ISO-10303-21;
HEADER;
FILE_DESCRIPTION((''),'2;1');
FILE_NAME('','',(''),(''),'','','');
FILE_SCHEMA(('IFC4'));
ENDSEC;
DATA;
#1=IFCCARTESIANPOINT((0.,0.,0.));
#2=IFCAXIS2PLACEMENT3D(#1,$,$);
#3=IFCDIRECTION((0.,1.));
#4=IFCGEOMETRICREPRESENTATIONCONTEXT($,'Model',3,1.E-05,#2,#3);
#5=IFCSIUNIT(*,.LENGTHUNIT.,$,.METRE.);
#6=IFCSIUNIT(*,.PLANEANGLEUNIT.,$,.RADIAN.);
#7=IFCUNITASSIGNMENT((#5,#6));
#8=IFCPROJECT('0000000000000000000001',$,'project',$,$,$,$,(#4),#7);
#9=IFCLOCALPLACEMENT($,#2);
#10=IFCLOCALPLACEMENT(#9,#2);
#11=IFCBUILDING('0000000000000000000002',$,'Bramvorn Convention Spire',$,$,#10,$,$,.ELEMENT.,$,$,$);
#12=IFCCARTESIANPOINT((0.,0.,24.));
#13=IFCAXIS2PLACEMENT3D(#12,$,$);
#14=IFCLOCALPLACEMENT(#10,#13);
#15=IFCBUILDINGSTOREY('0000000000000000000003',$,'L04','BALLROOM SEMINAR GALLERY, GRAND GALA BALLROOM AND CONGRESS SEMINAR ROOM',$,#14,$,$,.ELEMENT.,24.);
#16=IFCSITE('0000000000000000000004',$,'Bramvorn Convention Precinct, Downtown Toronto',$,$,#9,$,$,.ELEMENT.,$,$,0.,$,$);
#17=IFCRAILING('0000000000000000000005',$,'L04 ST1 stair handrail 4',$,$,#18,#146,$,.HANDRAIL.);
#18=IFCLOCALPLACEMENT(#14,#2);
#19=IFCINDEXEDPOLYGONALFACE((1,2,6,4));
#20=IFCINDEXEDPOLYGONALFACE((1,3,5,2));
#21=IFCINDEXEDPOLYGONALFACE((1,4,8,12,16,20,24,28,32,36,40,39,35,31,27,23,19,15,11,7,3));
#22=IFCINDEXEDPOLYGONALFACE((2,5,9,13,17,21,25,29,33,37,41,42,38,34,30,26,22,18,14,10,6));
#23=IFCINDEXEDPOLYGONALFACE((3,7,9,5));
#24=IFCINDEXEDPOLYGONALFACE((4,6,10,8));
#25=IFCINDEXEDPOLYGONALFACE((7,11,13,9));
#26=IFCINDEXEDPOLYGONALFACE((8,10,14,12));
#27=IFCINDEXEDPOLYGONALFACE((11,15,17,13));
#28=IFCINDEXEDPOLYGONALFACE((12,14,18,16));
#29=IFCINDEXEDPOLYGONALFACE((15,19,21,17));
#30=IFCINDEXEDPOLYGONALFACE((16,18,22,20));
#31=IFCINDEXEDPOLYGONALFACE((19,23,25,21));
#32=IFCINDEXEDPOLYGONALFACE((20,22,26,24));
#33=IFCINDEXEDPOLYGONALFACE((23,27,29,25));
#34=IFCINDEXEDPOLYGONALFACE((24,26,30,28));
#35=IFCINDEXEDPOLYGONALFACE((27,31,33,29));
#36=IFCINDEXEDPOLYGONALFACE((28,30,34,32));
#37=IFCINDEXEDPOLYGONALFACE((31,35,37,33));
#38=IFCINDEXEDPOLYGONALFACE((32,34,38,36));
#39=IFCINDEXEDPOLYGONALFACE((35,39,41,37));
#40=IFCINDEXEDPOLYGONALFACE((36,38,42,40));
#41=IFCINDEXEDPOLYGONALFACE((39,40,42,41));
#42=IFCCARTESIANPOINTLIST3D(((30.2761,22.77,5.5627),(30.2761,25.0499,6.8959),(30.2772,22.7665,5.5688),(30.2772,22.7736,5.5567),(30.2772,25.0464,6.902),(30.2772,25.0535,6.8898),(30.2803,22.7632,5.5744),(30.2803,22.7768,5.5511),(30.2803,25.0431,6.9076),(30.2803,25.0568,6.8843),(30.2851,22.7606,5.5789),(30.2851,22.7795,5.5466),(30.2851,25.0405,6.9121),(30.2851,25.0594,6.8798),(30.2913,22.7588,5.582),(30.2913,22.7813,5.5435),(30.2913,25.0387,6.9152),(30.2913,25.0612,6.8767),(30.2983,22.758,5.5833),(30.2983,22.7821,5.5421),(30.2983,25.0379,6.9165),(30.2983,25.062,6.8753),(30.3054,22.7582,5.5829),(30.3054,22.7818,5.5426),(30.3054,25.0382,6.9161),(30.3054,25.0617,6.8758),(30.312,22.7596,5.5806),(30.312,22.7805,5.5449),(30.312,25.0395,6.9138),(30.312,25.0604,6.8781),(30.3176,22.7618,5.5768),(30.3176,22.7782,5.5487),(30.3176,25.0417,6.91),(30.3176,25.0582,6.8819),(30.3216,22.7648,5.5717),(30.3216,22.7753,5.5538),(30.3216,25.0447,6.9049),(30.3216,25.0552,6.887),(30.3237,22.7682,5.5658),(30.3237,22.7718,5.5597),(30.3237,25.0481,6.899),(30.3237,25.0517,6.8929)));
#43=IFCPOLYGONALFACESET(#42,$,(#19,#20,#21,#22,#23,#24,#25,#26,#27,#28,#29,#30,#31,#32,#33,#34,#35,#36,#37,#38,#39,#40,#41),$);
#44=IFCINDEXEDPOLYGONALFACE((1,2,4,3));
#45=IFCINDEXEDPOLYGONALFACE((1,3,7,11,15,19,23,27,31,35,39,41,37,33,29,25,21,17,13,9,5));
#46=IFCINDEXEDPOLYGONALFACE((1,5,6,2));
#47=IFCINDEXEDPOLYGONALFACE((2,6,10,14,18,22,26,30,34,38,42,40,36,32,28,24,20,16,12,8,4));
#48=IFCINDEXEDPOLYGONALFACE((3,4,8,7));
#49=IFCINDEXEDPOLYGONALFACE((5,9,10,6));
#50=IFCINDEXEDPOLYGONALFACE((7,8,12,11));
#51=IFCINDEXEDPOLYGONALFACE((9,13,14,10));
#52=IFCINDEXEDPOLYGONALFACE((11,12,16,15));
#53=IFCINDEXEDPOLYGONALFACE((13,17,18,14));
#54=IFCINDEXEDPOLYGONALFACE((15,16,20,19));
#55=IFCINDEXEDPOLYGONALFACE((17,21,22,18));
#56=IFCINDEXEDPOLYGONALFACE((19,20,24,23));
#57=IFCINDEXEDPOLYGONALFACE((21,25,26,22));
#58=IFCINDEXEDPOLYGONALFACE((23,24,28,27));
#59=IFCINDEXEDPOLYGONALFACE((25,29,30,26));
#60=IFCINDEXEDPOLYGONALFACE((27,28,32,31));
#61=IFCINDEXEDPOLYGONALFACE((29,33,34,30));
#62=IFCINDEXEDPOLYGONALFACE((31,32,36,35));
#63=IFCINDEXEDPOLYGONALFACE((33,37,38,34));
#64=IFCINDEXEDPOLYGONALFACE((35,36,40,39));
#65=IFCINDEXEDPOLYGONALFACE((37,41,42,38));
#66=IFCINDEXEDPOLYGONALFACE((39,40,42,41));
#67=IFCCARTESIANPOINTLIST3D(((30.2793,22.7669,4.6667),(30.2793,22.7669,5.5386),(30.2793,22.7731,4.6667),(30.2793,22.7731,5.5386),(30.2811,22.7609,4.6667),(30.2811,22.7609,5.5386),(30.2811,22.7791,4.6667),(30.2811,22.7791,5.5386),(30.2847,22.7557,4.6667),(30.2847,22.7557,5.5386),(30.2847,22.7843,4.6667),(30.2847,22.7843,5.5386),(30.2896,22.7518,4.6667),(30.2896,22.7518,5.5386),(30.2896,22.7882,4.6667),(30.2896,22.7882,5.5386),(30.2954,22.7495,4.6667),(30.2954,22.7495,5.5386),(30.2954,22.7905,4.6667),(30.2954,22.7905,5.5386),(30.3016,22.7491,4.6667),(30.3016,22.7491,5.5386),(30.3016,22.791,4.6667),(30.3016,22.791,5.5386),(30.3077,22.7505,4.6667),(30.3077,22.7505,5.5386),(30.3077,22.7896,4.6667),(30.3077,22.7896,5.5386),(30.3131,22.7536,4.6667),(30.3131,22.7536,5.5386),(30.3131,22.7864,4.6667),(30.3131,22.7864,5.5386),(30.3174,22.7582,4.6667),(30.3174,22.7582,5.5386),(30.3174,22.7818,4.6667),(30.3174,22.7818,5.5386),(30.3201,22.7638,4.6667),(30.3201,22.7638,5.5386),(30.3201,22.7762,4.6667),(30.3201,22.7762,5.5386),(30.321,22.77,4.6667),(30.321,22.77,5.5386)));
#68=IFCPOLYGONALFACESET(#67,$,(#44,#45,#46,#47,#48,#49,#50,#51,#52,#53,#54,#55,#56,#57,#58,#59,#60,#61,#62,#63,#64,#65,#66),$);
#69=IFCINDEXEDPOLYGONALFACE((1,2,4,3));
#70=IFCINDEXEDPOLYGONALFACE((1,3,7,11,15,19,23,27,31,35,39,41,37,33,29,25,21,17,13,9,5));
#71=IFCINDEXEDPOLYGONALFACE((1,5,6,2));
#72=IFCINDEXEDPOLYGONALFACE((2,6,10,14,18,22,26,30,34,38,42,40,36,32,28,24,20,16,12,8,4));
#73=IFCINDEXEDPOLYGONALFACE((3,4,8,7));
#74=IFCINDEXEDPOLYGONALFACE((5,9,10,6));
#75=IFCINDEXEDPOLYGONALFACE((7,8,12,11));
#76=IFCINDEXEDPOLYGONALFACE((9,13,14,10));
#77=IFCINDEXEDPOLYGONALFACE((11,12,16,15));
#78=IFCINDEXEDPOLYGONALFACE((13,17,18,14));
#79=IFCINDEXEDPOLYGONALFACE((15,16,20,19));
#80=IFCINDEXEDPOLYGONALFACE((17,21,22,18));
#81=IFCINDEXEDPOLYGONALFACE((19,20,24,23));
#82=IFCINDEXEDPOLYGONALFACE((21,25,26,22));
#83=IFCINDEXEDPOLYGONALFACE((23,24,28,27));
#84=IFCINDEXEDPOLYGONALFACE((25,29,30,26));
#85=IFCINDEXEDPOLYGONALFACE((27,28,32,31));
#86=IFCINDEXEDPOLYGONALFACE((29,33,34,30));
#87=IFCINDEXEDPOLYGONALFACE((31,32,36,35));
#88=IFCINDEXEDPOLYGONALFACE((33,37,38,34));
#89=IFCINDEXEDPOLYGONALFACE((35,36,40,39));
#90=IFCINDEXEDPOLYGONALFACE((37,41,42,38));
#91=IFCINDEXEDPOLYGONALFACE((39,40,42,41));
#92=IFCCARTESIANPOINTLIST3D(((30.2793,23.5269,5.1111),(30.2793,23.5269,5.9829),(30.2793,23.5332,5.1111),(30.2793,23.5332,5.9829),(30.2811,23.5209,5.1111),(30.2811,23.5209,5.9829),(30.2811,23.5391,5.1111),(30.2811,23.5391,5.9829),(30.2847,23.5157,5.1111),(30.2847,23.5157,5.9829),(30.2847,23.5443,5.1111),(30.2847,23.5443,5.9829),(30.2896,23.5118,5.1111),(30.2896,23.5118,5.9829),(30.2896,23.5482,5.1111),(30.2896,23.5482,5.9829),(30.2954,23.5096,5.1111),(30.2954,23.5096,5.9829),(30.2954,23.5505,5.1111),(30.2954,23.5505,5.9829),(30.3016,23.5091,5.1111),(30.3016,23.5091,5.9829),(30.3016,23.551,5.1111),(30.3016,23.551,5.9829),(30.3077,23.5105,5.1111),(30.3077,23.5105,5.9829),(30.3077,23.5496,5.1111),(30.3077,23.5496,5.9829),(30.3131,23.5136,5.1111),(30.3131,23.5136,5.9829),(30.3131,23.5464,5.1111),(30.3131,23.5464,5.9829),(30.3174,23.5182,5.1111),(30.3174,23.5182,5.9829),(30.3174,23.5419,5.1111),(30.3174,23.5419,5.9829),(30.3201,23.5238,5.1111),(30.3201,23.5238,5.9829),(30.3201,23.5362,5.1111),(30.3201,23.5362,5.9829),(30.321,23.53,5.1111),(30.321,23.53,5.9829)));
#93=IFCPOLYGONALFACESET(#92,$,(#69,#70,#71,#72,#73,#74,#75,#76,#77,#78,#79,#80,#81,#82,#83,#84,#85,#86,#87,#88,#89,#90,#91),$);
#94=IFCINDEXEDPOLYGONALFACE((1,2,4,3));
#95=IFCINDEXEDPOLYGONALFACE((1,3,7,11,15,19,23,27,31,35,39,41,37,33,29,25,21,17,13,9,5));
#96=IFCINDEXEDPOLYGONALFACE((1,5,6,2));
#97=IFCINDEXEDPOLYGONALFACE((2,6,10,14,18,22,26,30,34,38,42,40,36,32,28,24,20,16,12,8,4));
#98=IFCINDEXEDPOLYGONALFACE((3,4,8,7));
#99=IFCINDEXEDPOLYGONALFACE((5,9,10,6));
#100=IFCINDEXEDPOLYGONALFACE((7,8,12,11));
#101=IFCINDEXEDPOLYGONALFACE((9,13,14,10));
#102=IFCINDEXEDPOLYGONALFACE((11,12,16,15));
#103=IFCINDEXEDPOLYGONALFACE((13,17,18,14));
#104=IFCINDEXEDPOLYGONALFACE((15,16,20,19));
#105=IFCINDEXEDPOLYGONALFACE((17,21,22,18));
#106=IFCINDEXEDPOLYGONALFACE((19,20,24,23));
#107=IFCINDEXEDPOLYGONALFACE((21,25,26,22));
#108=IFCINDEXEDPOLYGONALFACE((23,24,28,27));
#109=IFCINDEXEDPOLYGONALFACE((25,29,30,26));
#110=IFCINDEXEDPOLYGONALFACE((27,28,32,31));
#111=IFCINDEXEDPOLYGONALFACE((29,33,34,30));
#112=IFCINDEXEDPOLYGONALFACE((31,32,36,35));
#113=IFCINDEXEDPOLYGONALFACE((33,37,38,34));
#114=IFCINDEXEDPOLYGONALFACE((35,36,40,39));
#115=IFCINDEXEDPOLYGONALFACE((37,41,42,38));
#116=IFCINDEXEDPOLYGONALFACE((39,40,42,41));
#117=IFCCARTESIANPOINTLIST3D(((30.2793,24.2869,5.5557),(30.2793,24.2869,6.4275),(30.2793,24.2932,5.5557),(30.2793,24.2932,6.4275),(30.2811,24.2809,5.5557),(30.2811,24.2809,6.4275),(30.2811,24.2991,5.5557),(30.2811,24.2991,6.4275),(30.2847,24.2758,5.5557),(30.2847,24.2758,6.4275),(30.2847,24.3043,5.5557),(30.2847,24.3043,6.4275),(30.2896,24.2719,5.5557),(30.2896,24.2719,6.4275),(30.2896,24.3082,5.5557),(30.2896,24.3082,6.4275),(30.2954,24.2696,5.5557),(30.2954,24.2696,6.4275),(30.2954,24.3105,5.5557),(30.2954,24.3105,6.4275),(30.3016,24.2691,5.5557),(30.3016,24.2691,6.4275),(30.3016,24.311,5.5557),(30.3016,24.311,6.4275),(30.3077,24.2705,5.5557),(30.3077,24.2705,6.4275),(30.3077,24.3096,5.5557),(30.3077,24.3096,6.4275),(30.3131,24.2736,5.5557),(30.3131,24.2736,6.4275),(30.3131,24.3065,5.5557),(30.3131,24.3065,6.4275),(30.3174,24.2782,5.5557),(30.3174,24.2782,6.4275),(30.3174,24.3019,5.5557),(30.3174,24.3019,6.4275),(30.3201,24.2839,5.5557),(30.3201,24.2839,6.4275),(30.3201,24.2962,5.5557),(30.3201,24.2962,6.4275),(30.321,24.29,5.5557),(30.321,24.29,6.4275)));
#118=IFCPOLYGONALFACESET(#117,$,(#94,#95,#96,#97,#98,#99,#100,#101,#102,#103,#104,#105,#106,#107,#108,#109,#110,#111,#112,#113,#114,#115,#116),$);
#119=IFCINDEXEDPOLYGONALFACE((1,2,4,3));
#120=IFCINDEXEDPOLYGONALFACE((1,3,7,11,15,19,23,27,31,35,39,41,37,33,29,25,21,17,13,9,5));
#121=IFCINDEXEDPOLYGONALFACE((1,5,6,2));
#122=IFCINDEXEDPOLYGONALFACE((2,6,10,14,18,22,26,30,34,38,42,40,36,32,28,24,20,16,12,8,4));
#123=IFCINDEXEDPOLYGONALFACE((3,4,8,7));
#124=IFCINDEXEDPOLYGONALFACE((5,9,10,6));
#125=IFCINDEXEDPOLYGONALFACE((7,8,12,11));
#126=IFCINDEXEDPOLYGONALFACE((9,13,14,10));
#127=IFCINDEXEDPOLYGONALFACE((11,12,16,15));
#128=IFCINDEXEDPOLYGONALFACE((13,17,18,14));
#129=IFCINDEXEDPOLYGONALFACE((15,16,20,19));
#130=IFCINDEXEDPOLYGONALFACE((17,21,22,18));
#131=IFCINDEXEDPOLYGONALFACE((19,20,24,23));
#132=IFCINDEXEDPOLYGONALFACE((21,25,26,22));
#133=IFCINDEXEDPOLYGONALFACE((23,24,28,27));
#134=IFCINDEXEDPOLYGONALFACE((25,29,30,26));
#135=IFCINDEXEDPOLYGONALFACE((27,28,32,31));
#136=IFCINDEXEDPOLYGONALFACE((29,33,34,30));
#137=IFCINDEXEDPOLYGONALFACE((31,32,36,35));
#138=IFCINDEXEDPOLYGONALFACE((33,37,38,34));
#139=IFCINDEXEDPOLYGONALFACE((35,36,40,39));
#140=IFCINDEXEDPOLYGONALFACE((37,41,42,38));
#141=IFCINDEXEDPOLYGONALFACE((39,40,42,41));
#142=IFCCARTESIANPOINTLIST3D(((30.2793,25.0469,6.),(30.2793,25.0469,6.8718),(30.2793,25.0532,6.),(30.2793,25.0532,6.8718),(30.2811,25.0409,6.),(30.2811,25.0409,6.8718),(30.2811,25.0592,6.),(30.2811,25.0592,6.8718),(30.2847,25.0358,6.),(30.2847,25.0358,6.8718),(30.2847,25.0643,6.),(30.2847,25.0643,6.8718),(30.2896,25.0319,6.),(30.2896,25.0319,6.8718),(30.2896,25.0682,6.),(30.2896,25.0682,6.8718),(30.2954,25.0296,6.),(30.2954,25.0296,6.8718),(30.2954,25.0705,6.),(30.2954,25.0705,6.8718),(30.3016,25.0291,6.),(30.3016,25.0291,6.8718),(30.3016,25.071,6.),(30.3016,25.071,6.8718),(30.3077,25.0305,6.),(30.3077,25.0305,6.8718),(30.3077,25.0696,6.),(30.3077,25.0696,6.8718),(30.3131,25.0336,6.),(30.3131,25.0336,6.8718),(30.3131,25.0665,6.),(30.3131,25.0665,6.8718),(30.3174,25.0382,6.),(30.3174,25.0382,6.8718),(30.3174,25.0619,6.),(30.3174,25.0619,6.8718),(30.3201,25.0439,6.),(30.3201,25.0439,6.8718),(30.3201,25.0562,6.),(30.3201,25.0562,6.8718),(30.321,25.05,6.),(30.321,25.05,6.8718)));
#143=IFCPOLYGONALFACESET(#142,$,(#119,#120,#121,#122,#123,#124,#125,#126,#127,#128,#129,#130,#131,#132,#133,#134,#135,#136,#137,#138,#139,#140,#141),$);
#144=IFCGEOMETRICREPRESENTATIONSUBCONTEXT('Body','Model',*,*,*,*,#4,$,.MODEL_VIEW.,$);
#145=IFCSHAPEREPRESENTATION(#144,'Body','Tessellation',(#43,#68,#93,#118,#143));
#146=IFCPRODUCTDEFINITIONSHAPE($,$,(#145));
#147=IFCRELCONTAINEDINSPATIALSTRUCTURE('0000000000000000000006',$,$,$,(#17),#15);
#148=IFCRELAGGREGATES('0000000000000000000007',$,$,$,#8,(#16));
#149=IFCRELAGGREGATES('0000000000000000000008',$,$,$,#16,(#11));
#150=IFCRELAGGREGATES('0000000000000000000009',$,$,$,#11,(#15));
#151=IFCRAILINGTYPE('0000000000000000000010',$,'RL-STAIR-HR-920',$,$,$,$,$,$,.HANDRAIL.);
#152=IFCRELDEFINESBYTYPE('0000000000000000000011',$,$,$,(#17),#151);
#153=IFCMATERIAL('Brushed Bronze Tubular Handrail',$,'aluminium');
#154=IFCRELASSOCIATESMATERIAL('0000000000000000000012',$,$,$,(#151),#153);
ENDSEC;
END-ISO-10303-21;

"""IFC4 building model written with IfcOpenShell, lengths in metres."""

from ifc_helpers import new_model, si_unit, direction, frame, origin, origin_2d, place, context, subcontext, project, spatial, circle, extrude, material, type_object, element, save


model = new_model("IFC4")

# Units and contexts
model_context = context("Model", 3, precision=1e-05, world=origin(), true_north=direction((0.0, 1.0)))
body_context = subcontext(model_context, "Body", "Model", "MODEL_VIEW")
ifc_project = project(units=[si_unit("LENGTHUNIT", "METRE"), si_unit("PLANEANGLEUNIT", "RADIAN")], contexts=[model_context])

# Site, building, storey
site_placement = place(None, origin())
site = spatial("IfcSite", under=ifc_project, at=site_placement, Name="Bramvorn Convention Precinct, Downtown Toronto", CompositionType="ELEMENT", RefElevation=0.0)
building_placement = place(site_placement, origin())
building = spatial("IfcBuilding", under=site, at=building_placement, Name="Bramvorn Convention Spire", CompositionType="ELEMENT")
storey_placement = place(building_placement, frame((0.0, 0.0, 24.0)))
storey = spatial("IfcBuildingStorey", under=building, at=storey_placement, Name="L04", Description="BALLROOM SEMINAR GALLERY, GRAND GALA BALLROOM AND CONGRESS SEMINAR ROOM", CompositionType="ELEMENT", Elevation=24.0)

# Railing
ifc_material_1 = material(Name="Brushed Bronze Tubular Handrail", Category="aluminium")
railing_type_1 = type_object("IfcRailingType", Name="RL-STAIR-HR-920", PredefinedType="HANDRAIL", material=ifc_material_1)
railing_1_placement = place(storey_placement, frame((30.3, 22.77, 4.6667)))
element("IfcRailing", 1, at=railing_1_placement, inside=storey, type_object=railing_type_1, Name="L04 ST1 stair handrail 4", PredefinedType="HANDRAIL", context=body_context, shape_type="SweptSolid", body=[
    extrude(circle(Radius=0.0239, at=origin_2d()), frame((0.0, 0.0, 0.896), z_axis=(0.0, 0.863245, 0.504785), x_axis=(-1.0, 0.0, 0.0)), (0.0, 0.0, 1.0), 2.6411),
    extrude(circle(Radius=0.021, at=origin_2d()), origin(), (0.0, 0.0, 1.0), 0.8718),
    extrude(circle(Radius=0.021, at=origin_2d()), frame((0.0, 0.76, 0.4443)), (0.0, 0.0, 1.0), 0.8718),
    extrude(circle(Radius=0.021, at=origin_2d()), frame((0.0, 1.52, 0.8889)), (0.0, 0.0, 1.0), 0.8718),
    extrude(circle(Radius=0.021, at=origin_2d()), frame((0.0, 2.28, 1.3333)), (0.0, 0.0, 1.0), 0.8718),
])

save(model, "model.ifc")
